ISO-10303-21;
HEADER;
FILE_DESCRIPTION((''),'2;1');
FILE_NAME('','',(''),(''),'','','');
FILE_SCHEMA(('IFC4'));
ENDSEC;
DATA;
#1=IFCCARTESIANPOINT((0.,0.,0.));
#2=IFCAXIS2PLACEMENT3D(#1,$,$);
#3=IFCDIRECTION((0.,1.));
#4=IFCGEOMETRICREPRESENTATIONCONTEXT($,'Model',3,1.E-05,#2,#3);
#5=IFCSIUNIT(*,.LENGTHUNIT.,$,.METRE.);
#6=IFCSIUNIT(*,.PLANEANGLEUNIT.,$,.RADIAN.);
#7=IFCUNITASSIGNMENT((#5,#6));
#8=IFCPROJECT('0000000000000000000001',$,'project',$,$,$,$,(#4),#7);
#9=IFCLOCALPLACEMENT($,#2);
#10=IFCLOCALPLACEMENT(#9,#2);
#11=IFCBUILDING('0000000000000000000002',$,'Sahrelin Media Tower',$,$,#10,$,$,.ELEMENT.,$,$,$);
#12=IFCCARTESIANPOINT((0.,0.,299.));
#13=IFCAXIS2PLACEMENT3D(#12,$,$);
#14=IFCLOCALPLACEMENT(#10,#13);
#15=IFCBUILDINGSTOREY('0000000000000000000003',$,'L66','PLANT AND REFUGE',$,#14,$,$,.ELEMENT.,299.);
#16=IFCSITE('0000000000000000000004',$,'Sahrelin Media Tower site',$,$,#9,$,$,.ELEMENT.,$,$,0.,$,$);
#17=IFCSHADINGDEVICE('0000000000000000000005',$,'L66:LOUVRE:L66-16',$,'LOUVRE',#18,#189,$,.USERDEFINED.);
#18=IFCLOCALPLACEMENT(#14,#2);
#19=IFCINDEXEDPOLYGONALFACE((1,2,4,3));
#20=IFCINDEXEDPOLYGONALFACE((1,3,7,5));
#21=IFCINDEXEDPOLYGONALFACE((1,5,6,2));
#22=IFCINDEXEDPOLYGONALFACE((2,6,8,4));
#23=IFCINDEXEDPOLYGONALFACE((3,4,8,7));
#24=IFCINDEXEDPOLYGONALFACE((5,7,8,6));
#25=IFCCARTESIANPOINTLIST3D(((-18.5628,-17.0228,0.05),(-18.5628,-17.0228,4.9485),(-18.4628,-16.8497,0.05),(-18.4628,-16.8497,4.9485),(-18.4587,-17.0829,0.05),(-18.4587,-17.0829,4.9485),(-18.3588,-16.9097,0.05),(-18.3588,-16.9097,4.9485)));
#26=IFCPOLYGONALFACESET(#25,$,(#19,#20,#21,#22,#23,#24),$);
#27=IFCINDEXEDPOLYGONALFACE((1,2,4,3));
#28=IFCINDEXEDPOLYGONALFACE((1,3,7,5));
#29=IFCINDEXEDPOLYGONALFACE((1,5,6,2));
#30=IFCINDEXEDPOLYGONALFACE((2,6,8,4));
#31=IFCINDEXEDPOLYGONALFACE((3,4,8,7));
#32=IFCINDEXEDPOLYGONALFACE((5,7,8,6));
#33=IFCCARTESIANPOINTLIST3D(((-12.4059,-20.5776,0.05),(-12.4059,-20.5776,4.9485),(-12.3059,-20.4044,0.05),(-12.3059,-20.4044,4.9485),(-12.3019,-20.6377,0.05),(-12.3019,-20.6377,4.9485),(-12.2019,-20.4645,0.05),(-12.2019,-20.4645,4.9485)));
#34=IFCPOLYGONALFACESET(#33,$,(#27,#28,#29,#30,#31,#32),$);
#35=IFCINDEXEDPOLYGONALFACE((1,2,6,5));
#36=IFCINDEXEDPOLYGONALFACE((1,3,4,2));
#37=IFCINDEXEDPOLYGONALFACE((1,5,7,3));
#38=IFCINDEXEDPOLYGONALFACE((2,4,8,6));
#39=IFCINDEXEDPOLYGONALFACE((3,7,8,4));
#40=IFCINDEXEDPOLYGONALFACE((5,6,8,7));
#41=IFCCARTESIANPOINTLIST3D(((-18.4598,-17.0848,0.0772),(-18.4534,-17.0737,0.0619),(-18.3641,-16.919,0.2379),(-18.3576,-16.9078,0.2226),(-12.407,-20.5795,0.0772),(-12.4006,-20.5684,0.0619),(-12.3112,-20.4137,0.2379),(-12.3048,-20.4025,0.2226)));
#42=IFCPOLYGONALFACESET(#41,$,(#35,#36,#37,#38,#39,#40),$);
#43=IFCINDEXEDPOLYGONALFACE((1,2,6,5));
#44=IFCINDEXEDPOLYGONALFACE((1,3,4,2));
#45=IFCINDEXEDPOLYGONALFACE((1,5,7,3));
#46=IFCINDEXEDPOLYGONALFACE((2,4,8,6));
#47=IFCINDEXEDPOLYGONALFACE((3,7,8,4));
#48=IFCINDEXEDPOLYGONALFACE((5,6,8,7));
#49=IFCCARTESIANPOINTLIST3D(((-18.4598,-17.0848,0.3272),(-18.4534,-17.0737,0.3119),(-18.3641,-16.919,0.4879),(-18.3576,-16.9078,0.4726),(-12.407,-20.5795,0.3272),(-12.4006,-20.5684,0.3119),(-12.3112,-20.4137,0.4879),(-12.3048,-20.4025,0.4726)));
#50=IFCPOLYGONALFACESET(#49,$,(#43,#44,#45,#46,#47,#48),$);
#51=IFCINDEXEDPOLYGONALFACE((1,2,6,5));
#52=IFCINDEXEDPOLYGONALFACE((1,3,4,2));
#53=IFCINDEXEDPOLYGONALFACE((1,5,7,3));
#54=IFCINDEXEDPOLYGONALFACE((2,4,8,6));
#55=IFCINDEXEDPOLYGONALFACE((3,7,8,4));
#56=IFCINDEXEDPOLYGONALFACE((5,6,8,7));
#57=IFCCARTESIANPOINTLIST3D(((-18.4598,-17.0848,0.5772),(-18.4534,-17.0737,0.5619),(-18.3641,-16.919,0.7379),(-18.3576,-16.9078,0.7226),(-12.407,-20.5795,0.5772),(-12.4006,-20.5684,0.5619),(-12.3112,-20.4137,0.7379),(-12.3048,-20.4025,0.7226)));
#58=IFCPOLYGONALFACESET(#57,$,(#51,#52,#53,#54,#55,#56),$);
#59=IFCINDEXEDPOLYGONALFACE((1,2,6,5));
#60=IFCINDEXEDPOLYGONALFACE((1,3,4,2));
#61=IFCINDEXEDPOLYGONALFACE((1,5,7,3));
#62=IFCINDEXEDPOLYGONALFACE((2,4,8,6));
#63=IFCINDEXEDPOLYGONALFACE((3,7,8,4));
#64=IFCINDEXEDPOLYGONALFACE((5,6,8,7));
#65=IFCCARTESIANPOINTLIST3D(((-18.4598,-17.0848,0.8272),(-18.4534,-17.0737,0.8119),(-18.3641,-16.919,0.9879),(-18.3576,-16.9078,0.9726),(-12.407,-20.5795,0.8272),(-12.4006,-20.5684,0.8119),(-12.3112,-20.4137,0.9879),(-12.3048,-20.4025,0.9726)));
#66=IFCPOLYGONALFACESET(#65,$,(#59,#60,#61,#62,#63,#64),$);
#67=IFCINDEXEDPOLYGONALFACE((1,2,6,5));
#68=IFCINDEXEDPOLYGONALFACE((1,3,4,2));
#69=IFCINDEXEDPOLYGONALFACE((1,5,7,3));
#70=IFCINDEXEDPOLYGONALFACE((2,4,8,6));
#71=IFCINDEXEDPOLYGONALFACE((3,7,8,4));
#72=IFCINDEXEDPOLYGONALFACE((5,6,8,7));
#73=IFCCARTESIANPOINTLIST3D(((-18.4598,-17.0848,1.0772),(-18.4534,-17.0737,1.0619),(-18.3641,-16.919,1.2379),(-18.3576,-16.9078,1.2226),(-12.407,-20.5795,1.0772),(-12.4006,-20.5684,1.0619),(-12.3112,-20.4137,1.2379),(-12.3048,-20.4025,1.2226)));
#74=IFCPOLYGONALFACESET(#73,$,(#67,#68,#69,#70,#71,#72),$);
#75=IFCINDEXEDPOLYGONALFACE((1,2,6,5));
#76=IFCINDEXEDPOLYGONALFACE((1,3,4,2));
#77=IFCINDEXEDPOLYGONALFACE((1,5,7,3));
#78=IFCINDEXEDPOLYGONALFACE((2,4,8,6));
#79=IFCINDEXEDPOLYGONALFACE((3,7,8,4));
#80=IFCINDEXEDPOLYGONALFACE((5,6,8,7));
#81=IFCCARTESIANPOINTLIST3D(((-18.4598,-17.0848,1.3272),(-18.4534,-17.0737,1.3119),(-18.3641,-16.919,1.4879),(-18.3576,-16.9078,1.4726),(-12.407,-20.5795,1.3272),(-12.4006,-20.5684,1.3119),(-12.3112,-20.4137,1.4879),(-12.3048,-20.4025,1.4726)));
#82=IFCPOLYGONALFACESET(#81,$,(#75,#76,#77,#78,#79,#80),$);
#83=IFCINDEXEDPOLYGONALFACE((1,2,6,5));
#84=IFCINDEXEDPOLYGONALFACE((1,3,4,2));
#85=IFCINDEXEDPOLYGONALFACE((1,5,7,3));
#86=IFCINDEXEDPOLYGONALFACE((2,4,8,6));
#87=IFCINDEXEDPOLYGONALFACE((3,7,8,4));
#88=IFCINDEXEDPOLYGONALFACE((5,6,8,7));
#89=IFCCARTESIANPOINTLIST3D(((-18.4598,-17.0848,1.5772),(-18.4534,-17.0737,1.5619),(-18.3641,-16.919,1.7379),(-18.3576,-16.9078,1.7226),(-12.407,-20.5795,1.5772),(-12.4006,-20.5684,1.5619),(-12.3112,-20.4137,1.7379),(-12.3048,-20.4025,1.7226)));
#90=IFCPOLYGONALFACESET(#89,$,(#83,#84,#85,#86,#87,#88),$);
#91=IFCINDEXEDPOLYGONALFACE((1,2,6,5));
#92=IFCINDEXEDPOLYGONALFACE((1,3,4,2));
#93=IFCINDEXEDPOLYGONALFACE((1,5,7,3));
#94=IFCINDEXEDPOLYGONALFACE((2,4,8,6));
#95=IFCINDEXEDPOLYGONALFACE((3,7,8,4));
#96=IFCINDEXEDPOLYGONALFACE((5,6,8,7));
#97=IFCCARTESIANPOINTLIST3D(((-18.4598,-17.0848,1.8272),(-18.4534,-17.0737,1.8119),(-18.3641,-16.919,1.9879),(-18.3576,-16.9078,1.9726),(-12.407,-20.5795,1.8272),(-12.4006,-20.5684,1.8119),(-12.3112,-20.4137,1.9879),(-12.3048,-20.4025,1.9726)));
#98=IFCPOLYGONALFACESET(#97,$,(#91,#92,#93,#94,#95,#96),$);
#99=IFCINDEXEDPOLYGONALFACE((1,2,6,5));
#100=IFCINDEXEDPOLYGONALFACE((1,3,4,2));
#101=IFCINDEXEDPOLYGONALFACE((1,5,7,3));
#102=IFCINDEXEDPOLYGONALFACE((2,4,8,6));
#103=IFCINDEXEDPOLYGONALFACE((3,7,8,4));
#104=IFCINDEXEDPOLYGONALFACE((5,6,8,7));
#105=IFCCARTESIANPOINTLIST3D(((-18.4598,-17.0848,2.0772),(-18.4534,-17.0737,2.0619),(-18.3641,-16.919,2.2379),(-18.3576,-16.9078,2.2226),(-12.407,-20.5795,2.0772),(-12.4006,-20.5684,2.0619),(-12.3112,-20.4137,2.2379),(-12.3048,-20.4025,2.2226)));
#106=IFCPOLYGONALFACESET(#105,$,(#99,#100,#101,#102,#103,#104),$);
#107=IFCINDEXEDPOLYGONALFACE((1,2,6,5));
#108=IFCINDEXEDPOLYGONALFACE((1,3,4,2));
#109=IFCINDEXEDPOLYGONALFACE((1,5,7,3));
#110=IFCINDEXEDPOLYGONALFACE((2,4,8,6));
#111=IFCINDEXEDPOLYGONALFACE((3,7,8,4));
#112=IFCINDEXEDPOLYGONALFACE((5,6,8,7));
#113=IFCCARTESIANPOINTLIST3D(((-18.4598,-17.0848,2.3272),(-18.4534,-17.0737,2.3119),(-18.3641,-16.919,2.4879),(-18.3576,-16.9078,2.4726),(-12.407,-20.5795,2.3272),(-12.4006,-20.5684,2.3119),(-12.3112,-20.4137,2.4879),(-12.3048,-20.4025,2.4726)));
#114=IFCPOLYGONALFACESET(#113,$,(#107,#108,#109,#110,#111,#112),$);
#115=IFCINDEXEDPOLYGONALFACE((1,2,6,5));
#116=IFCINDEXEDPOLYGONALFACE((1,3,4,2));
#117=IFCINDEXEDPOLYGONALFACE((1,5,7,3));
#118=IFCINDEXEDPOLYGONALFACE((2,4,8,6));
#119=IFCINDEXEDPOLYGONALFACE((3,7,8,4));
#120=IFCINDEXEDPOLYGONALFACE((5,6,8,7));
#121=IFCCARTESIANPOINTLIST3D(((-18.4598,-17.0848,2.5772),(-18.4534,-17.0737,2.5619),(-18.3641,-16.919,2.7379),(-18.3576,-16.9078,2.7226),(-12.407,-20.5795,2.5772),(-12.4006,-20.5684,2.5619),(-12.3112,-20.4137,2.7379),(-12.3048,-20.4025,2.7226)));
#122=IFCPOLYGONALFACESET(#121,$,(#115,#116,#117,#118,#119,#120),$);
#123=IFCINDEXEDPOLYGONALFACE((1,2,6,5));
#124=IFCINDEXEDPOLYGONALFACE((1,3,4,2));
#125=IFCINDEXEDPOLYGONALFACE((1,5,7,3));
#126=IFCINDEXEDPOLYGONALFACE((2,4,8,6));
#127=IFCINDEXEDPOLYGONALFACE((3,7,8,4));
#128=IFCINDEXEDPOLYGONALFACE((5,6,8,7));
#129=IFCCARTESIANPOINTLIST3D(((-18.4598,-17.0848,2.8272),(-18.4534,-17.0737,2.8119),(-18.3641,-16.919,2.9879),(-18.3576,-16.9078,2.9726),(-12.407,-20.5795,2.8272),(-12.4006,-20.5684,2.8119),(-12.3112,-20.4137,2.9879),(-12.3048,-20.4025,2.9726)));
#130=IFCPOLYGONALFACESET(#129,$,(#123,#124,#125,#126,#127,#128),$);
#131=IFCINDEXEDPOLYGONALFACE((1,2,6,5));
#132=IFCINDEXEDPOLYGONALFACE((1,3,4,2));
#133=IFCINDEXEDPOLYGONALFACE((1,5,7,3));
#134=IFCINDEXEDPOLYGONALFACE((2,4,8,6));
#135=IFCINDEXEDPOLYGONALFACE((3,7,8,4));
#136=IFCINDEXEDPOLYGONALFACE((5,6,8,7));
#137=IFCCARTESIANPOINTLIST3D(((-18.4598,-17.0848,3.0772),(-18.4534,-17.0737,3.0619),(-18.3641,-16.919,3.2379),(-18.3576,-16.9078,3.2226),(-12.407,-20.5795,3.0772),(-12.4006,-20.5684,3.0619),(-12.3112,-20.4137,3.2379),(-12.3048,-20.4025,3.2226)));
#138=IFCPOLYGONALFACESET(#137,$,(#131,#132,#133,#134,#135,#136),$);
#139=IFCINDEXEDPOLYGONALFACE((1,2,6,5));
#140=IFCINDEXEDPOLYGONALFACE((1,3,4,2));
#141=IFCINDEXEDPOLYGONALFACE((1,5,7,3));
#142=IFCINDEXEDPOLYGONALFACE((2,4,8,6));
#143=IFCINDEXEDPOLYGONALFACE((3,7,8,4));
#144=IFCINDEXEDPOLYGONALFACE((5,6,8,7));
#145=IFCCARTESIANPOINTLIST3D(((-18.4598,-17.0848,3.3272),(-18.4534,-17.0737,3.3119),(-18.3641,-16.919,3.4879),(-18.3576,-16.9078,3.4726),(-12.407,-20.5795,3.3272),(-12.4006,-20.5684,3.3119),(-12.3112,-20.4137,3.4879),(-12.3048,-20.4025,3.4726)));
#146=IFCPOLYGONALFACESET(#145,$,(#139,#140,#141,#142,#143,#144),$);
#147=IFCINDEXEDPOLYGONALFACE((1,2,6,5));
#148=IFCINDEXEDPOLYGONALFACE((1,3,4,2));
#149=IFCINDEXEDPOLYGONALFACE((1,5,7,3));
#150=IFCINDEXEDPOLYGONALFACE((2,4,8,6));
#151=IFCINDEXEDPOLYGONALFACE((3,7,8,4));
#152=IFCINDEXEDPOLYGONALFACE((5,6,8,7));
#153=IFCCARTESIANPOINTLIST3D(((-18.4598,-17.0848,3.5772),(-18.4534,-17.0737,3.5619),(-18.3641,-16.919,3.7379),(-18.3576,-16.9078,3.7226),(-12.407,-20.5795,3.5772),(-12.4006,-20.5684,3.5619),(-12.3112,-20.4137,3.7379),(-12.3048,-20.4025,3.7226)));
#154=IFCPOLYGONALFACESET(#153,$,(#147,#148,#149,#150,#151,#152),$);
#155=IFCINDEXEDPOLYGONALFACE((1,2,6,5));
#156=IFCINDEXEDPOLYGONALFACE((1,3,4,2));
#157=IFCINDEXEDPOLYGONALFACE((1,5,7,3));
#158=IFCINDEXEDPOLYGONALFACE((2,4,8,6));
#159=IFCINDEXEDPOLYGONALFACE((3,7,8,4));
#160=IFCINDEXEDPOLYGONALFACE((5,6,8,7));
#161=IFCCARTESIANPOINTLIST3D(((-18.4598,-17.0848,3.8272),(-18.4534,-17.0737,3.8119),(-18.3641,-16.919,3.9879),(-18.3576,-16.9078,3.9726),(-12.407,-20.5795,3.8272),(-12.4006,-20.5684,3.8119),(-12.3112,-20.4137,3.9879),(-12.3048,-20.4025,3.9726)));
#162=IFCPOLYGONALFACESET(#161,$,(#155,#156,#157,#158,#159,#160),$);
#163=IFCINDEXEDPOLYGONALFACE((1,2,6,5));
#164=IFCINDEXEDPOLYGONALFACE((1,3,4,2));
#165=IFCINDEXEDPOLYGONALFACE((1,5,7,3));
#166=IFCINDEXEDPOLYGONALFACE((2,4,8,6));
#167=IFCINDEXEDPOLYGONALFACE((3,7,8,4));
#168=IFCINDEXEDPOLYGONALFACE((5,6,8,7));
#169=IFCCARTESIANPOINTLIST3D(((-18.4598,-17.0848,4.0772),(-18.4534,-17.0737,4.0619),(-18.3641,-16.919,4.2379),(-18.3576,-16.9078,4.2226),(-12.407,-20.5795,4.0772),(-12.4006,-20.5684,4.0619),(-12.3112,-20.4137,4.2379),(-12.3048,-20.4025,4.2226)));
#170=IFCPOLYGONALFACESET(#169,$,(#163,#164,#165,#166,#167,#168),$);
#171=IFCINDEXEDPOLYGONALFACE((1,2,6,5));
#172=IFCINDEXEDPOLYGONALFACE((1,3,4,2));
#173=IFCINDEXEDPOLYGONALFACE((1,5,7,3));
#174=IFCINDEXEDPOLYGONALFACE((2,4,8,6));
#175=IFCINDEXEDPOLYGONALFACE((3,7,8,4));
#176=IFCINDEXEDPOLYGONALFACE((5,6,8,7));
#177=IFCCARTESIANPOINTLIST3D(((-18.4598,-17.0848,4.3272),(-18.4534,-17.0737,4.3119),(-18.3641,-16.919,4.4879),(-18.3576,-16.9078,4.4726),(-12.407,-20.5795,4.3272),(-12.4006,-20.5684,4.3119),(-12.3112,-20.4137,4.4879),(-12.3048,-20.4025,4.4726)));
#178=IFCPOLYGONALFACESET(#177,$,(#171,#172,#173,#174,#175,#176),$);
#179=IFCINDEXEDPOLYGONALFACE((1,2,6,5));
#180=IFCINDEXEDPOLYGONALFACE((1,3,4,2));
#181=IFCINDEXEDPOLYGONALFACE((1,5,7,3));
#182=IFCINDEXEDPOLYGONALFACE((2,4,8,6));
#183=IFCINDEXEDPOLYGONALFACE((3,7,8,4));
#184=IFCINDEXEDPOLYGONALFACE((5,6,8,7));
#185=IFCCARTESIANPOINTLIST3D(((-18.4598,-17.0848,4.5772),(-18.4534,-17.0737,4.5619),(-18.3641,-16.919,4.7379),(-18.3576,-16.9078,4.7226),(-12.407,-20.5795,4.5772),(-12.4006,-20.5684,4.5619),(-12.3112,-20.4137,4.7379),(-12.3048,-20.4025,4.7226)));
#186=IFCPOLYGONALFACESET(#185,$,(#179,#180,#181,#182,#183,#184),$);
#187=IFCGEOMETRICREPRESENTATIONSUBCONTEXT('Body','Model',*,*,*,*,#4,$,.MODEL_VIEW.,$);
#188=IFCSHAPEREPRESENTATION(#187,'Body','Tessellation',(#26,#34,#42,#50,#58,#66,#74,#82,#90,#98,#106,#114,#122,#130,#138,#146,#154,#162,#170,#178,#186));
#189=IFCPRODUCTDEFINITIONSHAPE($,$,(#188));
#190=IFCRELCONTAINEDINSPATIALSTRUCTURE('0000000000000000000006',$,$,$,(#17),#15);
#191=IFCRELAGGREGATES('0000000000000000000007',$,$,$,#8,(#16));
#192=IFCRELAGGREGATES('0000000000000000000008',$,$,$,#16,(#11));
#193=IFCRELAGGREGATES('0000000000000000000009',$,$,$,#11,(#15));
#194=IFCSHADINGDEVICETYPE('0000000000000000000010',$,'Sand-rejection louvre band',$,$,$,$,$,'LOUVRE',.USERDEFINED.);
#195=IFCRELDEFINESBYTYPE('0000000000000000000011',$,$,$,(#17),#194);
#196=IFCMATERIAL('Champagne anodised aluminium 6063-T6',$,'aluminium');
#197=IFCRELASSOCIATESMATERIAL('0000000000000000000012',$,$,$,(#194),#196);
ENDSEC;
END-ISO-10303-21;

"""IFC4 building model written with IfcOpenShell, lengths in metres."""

from ifc_helpers import new_model, si_unit, direction, frame, origin, origin_2d, place, context, subcontext, project, spatial, rectangle, extrude, material, type_object, element, save


model = new_model("IFC4")

# Units and contexts
model_context = context("Model", 3, precision=1e-05, world=origin(), true_north=direction((0.0, 1.0)))
body_context = subcontext(model_context, "Body", "Model", "MODEL_VIEW")
ifc_project = project(units=[si_unit("LENGTHUNIT", "METRE"), si_unit("PLANEANGLEUNIT", "RADIAN")], contexts=[model_context])

# Site, building, storey
site_placement = place(None, origin())
site = spatial("IfcSite", under=ifc_project, at=site_placement, Name="Sahrelin Media Tower site", CompositionType="ELEMENT", RefElevation=0.0)
building_placement = place(site_placement, origin())
building = spatial("IfcBuilding", under=site, at=building_placement, Name="Sahrelin Media Tower", CompositionType="ELEMENT")
storey_placement = place(building_placement, frame((0.0, 0.0, 299.0)))
storey = spatial("IfcBuildingStorey", under=building, at=storey_placement, Name="L66", Description="PLANT AND REFUGE", CompositionType="ELEMENT", Elevation=299.0)

# Shading device
ifc_material_1 = material(Name="Champagne anodised aluminium 6063-T6", Category="aluminium")
shading_device_type = type_object("IfcShadingDeviceType", Name="Sand-rejection louvre band", ElementType="LOUVRE", PredefinedType="USERDEFINED", material=ifc_material_1)
shading_device_1_placement = place(storey_placement, frame((-15.3323, -18.657, 0.0), z_axis=(0.0, 0.0, 1.0), x_axis=(-0.866019, 0.500011, 0.0)))
element("IfcShadingDevice", 1, at=shading_device_1_placement, inside=storey, type_object=shading_device_type, Name="L66:LOUVRE:L66-16", ObjectType="LOUVRE", PredefinedType="USERDEFINED", context=body_context, shape_type="SweptSolid", body=[
    extrude(rectangle(XDim=0.1201, YDim=0.2, at=origin_2d()), frame((3.5547, 0.1001, 0.05), z_axis=(0.0, 0.0, 1.0), x_axis=(1.0, 0.0, 0.0)), (0.0, 0.0, 1.0), 4.8984),
    extrude(rectangle(XDim=0.1201, YDim=0.2, at=origin_2d()), frame((-3.5547, 0.1001, 0.05), z_axis=(0.0, 0.0, 1.0), x_axis=(1.0, 0.0, 0.0)), (0.0, 0.0, 1.0), 4.8984),
    extrude(rectangle(XDim=0.25, YDim=0.02, at=origin_2d()), frame((3.4946, 0.1001, 0.1499), z_axis=(-1.0, 0.0, 0.0), x_axis=(0.0, -0.766044, 0.642788)), (0.0, 0.0, 1.0), 6.9893),
    extrude(rectangle(XDim=0.25, YDim=0.02, at=origin_2d()), frame((3.4946, 0.1001, 0.3999), z_axis=(-1.0, 0.0, 0.0), x_axis=(0.0, -0.766044, 0.642788)), (0.0, 0.0, 1.0), 6.9893),
    extrude(rectangle(XDim=0.25, YDim=0.02, at=origin_2d()), frame((3.4946, 0.1001, 0.6499), z_axis=(-1.0, 0.0, 0.0), x_axis=(0.0, -0.766044, 0.642788)), (0.0, 0.0, 1.0), 6.9893),
    extrude(rectangle(XDim=0.25, YDim=0.02, at=origin_2d()), frame((3.4946, 0.1001, 0.8999), z_axis=(-1.0, 0.0, 0.0), x_axis=(0.0, -0.766044, 0.642788)), (0.0, 0.0, 1.0), 6.9893),
    extrude(rectangle(XDim=0.25, YDim=0.02, at=origin_2d()), frame((3.4946, 0.1001, 1.1499), z_axis=(-1.0, 0.0, 0.0), x_axis=(0.0, -0.766044, 0.642788)), (0.0, 0.0, 1.0), 6.9893),
    extrude(rectangle(XDim=0.25, YDim=0.02, at=origin_2d()), frame((3.4946, 0.1001, 1.3999), z_axis=(-1.0, 0.0, 0.0), x_axis=(0.0, -0.766044, 0.642788)), (0.0, 0.0, 1.0), 6.9893),
    extrude(rectangle(XDim=0.25, YDim=0.02, at=origin_2d()), frame((3.4946, 0.1001, 1.6499), z_axis=(-1.0, 0.0, 0.0), x_axis=(0.0, -0.766044, 0.642788)), (0.0, 0.0, 1.0), 6.9893),
    extrude(rectangle(XDim=0.25, YDim=0.02, at=origin_2d()), frame((3.4946, 0.1001, 1.8999), z_axis=(-1.0, 0.0, 0.0), x_axis=(0.0, -0.766044, 0.642788)), (0.0, 0.0, 1.0), 6.9893),
    extrude(rectangle(XDim=0.25, YDim=0.02, at=origin_2d()), frame((3.4946, 0.1001, 2.1499), z_axis=(-1.0, 0.0, 0.0), x_axis=(0.0, -0.766044, 0.642788)), (0.0, 0.0, 1.0), 6.9893),
    extrude(rectangle(XDim=0.25, YDim=0.02, at=origin_2d()), frame((3.4946, 0.1001, 2.3999), z_axis=(-1.0, 0.0, 0.0), x_axis=(0.0, -0.766044, 0.642788)), (0.0, 0.0, 1.0), 6.9893),
    extrude(rectangle(XDim=0.25, YDim=0.02, at=origin_2d()), frame((3.4946, 0.1001, 2.6499), z_axis=(-1.0, 0.0, 0.0), x_axis=(0.0, -0.766044, 0.642788)), (0.0, 0.0, 1.0), 6.9893),
    extrude(rectangle(XDim=0.25, YDim=0.02, at=origin_2d()), frame((3.4946, 0.1001, 2.8999), z_axis=(-1.0, 0.0, 0.0), x_axis=(0.0, -0.766044, 0.642788)), (0.0, 0.0, 1.0), 6.9893),
    extrude(rectangle(XDim=0.25, YDim=0.02, at=origin_2d()), frame((3.4946, 0.1001, 3.1499), z_axis=(-1.0, 0.0, 0.0), x_axis=(0.0, -0.766044, 0.642788)), (0.0, 0.0, 1.0), 6.9893),
    extrude(rectangle(XDim=0.25, YDim=0.02, at=origin_2d()), frame((3.4946, 0.1001, 3.3999), z_axis=(-1.0, 0.0, 0.0), x_axis=(0.0, -0.766044, 0.642788)), (0.0, 0.0, 1.0), 6.9893),
    extrude(rectangle(XDim=0.25, YDim=0.02, at=origin_2d()), frame((3.4946, 0.1001, 3.6499), z_axis=(-1.0, 0.0, 0.0), x_axis=(0.0, -0.766044, 0.642788)), (0.0, 0.0, 1.0), 6.9893),
    extrude(rectangle(XDim=0.25, YDim=0.02, at=origin_2d()), frame((3.4946, 0.1001, 3.8999), z_axis=(-1.0, 0.0, 0.0), x_axis=(0.0, -0.766044, 0.642788)), (0.0, 0.0, 1.0), 6.9893),
    extrude(rectangle(XDim=0.25, YDim=0.02, at=origin_2d()), frame((3.4946, 0.1001, 4.1499), z_axis=(-1.0, 0.0, 0.0), x_axis=(0.0, -0.766044, 0.642788)), (0.0, 0.0, 1.0), 6.9893),
    extrude(rectangle(XDim=0.25, YDim=0.02, at=origin_2d()), frame((3.4946, 0.1001, 4.3999), z_axis=(-1.0, 0.0, 0.0), x_axis=(0.0, -0.766044, 0.642788)), (0.0, 0.0, 1.0), 6.9893),
    extrude(rectangle(XDim=0.25, YDim=0.02, at=origin_2d()), frame((3.4946, 0.1001, 4.6499), z_axis=(-1.0, 0.0, 0.0), x_axis=(0.0, -0.766044, 0.642788)), (0.0, 0.0, 1.0), 6.9893),
])

save(model, "model.ifc")
